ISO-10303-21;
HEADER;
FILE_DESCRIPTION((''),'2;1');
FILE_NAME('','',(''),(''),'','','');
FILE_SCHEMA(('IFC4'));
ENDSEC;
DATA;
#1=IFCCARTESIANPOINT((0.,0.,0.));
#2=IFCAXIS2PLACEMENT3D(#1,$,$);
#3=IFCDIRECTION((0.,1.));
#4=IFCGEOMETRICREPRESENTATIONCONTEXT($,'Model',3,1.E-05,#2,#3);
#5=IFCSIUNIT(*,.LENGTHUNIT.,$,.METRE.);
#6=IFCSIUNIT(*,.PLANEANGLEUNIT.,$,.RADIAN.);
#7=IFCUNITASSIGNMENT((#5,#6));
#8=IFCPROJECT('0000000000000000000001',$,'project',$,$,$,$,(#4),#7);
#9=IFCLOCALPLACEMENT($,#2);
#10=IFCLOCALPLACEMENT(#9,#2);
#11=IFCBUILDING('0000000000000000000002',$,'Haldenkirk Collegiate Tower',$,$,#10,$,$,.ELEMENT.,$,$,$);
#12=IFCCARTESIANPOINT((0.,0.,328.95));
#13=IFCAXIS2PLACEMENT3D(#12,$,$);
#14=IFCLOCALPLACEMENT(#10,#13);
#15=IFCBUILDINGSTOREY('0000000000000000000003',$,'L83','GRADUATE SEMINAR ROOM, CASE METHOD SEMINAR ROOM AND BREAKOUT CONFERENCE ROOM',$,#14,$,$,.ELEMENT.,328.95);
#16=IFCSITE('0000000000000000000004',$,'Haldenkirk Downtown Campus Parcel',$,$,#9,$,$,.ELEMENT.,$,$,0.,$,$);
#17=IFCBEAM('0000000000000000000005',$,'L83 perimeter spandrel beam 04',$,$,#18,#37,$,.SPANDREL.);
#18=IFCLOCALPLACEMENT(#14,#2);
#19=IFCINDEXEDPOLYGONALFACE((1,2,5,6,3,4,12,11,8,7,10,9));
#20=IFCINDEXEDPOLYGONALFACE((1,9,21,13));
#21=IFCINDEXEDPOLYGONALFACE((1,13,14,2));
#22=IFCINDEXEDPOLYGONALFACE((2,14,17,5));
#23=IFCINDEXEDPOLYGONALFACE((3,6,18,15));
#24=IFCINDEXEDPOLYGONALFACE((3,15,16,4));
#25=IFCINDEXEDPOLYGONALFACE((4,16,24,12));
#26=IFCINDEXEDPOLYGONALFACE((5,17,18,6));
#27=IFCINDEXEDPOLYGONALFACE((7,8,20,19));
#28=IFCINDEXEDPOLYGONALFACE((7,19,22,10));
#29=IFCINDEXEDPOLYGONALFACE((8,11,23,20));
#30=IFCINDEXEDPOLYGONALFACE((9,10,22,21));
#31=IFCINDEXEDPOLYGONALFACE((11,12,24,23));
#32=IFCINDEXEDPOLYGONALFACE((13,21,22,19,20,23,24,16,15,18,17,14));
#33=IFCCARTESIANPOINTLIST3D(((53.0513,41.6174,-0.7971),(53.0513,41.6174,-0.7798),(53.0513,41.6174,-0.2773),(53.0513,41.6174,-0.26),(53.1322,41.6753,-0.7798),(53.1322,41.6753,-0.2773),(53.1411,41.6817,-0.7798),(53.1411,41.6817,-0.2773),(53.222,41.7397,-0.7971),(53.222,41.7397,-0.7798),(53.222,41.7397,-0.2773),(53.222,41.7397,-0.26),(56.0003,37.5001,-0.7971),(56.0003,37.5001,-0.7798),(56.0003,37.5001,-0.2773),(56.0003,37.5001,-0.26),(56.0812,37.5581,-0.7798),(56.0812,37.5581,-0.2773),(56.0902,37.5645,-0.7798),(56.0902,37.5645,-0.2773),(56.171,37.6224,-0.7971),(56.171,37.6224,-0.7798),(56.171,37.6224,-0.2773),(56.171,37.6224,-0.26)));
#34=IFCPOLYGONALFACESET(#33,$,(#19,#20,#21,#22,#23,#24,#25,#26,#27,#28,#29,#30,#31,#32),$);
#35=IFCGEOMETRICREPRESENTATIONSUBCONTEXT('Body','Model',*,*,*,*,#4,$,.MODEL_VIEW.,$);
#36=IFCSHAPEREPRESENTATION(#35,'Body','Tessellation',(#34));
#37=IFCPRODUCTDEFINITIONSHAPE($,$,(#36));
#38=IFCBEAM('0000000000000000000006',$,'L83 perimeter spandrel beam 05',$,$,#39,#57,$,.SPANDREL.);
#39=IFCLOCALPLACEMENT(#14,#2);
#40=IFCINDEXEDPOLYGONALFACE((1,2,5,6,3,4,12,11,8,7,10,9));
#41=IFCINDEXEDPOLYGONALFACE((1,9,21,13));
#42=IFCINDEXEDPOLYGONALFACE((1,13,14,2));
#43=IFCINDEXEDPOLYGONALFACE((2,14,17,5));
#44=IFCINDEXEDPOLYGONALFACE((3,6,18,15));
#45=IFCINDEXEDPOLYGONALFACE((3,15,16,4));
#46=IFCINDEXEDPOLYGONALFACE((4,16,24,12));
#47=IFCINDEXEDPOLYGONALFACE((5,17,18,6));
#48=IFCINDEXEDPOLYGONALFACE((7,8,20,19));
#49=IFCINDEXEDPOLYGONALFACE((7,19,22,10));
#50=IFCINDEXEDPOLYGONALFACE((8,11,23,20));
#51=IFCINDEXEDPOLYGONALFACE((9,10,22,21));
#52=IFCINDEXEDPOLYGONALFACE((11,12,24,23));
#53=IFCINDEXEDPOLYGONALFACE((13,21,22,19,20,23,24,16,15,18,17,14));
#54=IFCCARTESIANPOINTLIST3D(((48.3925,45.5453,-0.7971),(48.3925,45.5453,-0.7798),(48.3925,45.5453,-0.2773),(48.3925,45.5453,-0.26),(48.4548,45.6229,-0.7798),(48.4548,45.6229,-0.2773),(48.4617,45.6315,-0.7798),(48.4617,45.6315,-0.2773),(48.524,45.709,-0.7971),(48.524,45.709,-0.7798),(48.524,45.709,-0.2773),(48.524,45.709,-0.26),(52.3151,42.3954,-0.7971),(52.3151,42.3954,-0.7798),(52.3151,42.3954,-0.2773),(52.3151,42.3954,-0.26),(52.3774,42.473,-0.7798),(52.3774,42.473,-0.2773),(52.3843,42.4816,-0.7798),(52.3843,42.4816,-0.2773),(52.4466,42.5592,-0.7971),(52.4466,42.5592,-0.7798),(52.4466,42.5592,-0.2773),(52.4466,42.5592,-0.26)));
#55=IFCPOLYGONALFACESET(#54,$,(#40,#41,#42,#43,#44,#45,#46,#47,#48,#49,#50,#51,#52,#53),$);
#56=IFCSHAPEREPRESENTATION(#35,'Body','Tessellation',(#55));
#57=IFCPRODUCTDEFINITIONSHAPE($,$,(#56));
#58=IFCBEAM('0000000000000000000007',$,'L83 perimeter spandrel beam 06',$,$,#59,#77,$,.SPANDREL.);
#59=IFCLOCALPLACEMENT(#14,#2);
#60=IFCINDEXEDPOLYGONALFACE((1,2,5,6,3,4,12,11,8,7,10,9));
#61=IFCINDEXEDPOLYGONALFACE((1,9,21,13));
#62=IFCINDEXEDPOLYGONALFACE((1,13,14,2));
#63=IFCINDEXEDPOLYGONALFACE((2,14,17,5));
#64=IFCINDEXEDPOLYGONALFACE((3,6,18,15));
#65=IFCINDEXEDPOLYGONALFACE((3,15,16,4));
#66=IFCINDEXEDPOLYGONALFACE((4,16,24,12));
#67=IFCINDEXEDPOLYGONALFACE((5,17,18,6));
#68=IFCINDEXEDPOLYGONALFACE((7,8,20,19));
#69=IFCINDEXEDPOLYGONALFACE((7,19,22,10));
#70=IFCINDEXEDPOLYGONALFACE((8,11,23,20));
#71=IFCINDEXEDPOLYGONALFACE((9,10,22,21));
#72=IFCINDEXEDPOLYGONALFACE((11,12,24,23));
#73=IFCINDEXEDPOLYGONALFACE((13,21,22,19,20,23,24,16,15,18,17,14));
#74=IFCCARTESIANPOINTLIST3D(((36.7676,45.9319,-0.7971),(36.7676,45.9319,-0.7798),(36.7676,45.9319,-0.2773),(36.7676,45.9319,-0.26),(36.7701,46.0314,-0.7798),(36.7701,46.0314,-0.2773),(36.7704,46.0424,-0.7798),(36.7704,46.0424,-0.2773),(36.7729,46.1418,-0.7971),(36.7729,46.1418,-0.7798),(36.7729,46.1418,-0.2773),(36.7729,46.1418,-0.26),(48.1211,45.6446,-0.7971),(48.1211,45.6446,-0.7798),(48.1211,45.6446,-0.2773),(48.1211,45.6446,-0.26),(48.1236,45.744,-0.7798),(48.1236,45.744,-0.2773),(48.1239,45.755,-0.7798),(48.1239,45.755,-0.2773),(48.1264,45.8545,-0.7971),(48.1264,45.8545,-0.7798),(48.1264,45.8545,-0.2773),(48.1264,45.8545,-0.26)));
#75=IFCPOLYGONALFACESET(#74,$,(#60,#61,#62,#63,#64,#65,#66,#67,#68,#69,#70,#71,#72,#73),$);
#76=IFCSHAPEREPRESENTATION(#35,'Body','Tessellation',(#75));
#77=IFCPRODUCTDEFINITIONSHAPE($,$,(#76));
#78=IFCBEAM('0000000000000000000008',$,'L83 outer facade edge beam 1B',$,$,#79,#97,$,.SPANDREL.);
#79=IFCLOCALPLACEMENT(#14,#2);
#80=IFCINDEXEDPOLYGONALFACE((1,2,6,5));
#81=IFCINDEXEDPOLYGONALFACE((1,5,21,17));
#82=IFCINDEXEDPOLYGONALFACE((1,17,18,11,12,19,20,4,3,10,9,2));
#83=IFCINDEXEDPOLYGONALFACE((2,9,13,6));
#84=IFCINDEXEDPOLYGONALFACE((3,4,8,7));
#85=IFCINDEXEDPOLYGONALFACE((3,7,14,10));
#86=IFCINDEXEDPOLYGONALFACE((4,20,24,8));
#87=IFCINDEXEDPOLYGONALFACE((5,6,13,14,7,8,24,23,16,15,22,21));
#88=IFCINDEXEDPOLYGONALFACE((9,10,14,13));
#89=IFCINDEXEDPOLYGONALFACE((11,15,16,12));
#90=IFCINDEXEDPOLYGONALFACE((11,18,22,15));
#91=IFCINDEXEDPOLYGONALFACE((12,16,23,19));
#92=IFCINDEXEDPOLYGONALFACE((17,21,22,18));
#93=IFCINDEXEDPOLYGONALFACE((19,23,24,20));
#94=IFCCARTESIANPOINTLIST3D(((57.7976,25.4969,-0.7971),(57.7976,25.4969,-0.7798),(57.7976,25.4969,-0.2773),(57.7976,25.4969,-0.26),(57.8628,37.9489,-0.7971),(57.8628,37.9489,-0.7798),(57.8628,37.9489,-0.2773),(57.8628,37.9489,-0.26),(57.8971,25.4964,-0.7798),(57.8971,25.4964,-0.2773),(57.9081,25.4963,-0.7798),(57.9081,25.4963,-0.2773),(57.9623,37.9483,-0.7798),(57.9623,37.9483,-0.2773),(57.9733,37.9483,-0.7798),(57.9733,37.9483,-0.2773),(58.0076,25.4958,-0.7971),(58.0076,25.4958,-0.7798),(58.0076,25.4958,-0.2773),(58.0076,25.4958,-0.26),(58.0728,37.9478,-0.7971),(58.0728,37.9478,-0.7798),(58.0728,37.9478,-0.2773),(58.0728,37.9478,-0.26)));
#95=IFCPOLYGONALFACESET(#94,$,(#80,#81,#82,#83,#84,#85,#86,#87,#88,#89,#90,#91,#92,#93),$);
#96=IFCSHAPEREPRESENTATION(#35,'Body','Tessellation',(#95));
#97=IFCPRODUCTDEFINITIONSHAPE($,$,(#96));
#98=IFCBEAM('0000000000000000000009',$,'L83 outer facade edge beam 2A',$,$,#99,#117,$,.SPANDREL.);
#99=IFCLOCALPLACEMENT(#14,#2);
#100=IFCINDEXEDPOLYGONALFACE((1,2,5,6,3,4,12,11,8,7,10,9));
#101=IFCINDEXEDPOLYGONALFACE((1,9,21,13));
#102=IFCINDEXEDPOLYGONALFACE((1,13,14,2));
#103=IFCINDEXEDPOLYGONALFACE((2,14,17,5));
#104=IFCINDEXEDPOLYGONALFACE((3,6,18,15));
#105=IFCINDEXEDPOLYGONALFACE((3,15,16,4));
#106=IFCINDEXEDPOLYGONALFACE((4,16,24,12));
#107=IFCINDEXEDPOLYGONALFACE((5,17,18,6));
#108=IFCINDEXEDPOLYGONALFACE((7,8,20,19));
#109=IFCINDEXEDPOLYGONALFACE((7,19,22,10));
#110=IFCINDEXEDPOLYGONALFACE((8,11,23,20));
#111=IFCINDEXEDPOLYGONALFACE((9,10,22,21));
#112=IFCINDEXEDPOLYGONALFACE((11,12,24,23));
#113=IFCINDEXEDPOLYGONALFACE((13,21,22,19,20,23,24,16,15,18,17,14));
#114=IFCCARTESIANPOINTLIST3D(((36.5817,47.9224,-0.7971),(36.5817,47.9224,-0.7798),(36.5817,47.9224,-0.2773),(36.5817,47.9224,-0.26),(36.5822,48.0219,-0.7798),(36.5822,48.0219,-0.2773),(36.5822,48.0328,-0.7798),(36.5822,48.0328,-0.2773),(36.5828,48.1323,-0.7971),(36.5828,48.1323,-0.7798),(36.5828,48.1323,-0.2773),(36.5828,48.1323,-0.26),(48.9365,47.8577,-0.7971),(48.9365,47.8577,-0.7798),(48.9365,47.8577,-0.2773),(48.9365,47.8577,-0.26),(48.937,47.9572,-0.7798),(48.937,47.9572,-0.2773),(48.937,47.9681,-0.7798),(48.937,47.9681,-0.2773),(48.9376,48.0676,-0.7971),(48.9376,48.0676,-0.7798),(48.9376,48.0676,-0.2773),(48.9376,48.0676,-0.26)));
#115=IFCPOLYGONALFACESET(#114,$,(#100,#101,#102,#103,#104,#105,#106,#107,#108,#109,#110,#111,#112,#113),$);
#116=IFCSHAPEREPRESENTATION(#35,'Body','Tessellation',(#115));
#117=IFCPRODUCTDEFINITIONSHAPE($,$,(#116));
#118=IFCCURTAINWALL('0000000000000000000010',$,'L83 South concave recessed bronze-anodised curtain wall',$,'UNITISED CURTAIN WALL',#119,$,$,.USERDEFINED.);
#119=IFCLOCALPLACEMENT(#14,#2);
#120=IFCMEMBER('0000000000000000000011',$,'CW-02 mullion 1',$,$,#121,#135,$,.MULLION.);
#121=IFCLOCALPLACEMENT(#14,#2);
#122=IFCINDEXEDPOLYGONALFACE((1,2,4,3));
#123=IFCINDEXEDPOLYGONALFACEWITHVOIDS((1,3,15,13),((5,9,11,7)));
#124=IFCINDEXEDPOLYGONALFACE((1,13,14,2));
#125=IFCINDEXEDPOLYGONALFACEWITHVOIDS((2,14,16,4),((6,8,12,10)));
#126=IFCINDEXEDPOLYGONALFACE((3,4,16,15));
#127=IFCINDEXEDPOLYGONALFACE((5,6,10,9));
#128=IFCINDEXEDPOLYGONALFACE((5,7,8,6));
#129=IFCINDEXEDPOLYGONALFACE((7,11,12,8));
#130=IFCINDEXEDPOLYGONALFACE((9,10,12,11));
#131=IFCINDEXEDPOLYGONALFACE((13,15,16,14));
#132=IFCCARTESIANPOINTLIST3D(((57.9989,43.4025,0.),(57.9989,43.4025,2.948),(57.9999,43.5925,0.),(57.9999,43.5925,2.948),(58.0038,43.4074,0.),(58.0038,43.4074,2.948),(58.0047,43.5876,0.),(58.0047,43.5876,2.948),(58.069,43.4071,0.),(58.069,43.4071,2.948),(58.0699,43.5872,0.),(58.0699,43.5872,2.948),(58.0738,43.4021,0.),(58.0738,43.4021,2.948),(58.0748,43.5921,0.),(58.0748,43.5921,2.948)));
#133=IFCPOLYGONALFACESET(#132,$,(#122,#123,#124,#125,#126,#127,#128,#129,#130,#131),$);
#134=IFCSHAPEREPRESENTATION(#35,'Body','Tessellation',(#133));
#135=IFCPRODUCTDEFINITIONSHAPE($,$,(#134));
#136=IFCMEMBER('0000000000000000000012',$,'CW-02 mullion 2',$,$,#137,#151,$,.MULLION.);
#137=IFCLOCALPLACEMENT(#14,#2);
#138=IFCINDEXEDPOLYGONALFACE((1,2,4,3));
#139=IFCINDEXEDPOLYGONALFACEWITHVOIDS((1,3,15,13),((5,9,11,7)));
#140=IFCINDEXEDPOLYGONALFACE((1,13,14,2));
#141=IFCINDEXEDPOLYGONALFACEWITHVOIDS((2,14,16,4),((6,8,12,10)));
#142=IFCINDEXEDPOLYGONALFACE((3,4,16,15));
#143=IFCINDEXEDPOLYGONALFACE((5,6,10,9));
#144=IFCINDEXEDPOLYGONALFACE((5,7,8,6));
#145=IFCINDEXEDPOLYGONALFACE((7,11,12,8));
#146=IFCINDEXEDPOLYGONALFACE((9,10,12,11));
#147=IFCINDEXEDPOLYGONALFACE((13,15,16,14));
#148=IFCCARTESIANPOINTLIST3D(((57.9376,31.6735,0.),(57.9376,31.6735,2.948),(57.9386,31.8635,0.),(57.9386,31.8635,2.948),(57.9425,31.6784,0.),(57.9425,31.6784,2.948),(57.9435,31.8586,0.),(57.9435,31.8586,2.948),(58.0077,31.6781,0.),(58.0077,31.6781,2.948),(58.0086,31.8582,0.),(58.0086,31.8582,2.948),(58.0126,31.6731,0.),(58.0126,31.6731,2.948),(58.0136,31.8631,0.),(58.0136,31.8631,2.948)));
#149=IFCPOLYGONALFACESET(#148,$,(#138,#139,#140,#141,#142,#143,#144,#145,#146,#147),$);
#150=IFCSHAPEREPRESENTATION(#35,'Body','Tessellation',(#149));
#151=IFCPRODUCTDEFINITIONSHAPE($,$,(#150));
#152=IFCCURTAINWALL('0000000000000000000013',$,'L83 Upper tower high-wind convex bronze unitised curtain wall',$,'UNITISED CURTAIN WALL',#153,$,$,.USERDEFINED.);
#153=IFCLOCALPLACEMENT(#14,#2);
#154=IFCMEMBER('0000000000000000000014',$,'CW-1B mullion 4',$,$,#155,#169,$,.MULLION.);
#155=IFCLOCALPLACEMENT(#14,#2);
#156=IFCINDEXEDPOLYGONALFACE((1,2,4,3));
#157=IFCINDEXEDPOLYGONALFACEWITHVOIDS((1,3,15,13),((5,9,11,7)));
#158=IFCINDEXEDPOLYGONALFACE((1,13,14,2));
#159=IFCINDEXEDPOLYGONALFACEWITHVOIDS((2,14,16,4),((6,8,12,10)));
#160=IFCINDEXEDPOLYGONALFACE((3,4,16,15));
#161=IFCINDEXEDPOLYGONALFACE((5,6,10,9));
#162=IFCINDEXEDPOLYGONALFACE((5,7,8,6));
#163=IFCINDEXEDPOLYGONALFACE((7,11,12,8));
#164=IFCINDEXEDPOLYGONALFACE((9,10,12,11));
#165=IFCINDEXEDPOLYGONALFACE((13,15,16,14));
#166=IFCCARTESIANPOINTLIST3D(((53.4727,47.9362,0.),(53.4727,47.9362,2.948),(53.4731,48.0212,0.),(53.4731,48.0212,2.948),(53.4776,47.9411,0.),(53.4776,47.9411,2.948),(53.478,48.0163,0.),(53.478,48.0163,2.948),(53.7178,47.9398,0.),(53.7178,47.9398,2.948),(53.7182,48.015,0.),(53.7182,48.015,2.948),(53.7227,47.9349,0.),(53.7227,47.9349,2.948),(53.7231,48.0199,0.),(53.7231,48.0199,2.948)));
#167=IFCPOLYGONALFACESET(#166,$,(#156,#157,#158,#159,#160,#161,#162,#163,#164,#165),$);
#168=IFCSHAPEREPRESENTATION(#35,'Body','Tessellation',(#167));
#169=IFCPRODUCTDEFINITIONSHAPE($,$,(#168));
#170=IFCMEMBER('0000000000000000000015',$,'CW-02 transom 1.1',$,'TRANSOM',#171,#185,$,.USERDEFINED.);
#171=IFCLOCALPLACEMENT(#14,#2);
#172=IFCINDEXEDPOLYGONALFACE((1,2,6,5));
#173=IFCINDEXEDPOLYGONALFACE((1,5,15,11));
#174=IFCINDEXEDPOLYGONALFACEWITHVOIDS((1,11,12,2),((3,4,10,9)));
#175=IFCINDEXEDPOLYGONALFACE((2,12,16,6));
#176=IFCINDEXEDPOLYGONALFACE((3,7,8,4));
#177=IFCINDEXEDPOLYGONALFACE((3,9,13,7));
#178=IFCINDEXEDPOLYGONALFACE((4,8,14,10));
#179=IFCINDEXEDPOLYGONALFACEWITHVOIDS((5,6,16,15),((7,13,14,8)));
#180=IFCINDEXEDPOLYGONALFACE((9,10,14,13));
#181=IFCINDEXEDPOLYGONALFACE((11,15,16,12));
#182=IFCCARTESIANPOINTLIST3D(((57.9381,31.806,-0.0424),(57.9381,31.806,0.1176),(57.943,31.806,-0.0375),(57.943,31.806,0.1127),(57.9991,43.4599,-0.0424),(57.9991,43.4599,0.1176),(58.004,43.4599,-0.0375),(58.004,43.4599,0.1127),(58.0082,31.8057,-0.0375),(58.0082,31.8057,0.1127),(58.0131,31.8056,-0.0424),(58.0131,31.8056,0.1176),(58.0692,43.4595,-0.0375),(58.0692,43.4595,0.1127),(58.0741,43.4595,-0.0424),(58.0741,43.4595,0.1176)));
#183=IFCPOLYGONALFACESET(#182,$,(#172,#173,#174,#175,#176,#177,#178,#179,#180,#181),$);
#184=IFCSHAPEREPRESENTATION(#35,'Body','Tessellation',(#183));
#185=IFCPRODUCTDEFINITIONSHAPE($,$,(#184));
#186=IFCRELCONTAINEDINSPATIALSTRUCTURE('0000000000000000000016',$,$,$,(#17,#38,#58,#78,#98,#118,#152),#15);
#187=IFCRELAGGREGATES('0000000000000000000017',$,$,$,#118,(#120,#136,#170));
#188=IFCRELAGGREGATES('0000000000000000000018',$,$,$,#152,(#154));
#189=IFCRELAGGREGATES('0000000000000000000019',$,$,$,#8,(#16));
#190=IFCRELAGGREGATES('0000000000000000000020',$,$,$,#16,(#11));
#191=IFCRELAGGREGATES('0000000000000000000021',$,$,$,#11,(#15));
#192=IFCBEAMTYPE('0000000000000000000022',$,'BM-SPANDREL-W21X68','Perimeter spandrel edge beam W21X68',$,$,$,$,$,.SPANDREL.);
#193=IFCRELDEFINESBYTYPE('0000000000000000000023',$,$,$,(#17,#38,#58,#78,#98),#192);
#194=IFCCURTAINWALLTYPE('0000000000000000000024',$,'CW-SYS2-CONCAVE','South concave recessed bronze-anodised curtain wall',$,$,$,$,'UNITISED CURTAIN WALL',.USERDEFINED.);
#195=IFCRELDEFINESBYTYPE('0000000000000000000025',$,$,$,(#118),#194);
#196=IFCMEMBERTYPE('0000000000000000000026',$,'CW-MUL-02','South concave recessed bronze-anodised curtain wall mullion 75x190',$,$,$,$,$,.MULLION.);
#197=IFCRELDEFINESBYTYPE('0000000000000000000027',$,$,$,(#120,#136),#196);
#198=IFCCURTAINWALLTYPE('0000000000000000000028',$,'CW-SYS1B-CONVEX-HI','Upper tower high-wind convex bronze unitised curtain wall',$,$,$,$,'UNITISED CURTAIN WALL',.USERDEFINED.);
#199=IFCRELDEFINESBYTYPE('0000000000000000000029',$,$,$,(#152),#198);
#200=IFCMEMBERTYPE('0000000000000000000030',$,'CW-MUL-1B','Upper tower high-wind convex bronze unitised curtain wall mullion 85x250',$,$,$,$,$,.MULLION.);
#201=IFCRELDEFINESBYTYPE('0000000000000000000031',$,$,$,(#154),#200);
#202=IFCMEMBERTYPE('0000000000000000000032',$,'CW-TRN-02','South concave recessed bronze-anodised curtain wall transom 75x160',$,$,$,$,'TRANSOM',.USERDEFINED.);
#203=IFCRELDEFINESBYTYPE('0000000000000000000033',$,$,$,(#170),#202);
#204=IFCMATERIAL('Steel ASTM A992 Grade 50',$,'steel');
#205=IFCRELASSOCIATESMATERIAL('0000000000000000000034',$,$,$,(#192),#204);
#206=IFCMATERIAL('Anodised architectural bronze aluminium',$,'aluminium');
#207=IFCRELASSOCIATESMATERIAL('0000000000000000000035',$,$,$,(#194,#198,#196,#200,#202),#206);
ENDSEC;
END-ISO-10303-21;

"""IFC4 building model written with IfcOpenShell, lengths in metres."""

from ifc_helpers import new_model, si_unit, direction, frame, origin, origin_2d, place, context, subcontext, project, spatial, hollow_rectangle, i_section, extrude, material, material_profile, profile_set, type_object, element, aggregate, save


model = new_model("IFC4")

# Units and contexts
model_context = context("Model", 3, precision=1e-05, world=origin(), true_north=direction((0.0, 1.0)))
body_context = subcontext(model_context, "Body", "Model", "MODEL_VIEW")
ifc_project = project(units=[si_unit("LENGTHUNIT", "METRE"), si_unit("PLANEANGLEUNIT", "RADIAN")], contexts=[model_context])

# Site, building, storey
site_placement = place(None, origin())
site = spatial("IfcSite", under=ifc_project, at=site_placement, Name="Haldenkirk Downtown Campus Parcel", CompositionType="ELEMENT", RefElevation=0.0)
building_placement = place(site_placement, origin())
building = spatial("IfcBuilding", under=site, at=building_placement, Name="Haldenkirk Collegiate Tower", CompositionType="ELEMENT")
storey_placement = place(building_placement, frame((0.0, 0.0, 328.95)))
storey = spatial("IfcBuildingStorey", under=building, at=storey_placement, Name="L83", Description="GRADUATE SEMINAR ROOM, CASE METHOD SEMINAR ROOM AND BREAKOUT CONFERENCE ROOM", CompositionType="ELEMENT", Elevation=328.95)

# Beams
ifc_material_1 = material(Name="Steel ASTM A992 Grade 50", Category="steel")
ifc_material_profile_1 = material_profile(ifc_material_1, i_section(OverallWidth=0.21, OverallDepth=0.5371, WebThickness=0.011, FlangeThickness=0.0173, at=origin_2d()), Name="W21X68")
ifc_profile_set_1 = profile_set([ifc_material_profile_1], Name="Steel ASTM A992 Grade 50")
beam_type_1 = type_object("IfcBeamType", Name="BM-SPANDREL-W21X68", Description="Perimeter spandrel edge beam W21X68", PredefinedType="SPANDREL", material=ifc_profile_set_1)
beam_1_placement = place(storey_placement, frame((56.0857, 37.5613, -0.5286), z_axis=(-0.5823, 0.812974, 0.0), x_axis=(-0.812974, -0.5823, 0.0)))
element("IfcBeam", 1, at=beam_1_placement, inside=storey, type_object=beam_type_1, Name="L83 perimeter spandrel beam 04", PredefinedType="SPANDREL", context=body_context, shape_type="SweptSolid", body=[
    extrude(i_section(OverallWidth=0.21, OverallDepth=0.5371, WebThickness=0.011, FlangeThickness=0.0173, at=origin_2d()), origin(), (0.0, 0.0, 1.0), 5.0645),
])
beam_2_placement = place(storey_placement, frame((52.3809, 42.4773, -0.5286), z_axis=(-0.779722, 0.626126, 0.0), x_axis=(-0.626126, -0.779722, 0.0)))
element("IfcBeam", 2, at=beam_2_placement, inside=storey, type_object=beam_type_1, Name="L83 perimeter spandrel beam 05", PredefinedType="SPANDREL", context=body_context, shape_type="SweptSolid", body=[
    extrude(i_section(OverallWidth=0.21, OverallDepth=0.5371, WebThickness=0.011, FlangeThickness=0.0173, at=origin_2d()), origin(), (0.0, 0.0, 1.0), 5.0308),
])
beam_3_placement = place(storey_placement, frame((48.1238, 45.7495, -0.5286), z_axis=(-0.99968, 0.025302, 0.0), x_axis=(-0.025302, -0.99968, 0.0)))
element("IfcBeam", 3, at=beam_3_placement, inside=storey, type_object=beam_type_1, Name="L83 perimeter spandrel beam 06", PredefinedType="SPANDREL", context=body_context, shape_type="SweptSolid", body=[
    extrude(i_section(OverallWidth=0.21, OverallDepth=0.5371, WebThickness=0.011, FlangeThickness=0.0173, at=origin_2d()), origin(), (0.0, 0.0, 1.0), 11.3572),
])
beam_4_placement = place(storey_placement, frame((57.9026, 25.4963, -0.5286), z_axis=(0.005235, 0.999986, 0.0), x_axis=(-0.999986, 0.005235, 0.0)))
element("IfcBeam", 4, at=beam_4_placement, inside=storey, type_object=beam_type_1, Name="L83 outer facade edge beam 1B", PredefinedType="SPANDREL", context=body_context, shape_type="SweptSolid", body=[
    extrude(i_section(OverallWidth=0.21, OverallDepth=0.5371, WebThickness=0.011, FlangeThickness=0.0173, at=origin_2d()), origin(), (0.0, 0.0, 1.0), 12.4521),
])
beam_5_placement = place(storey_placement, frame((48.937, 47.9626, -0.5286), z_axis=(-0.999986, 0.005237, 0.0), x_axis=(-0.005237, -0.999986, 0.0)))
element("IfcBeam", 5, at=beam_5_placement, inside=storey, type_object=beam_type_1, Name="L83 outer facade edge beam 2A", PredefinedType="SPANDREL", context=body_context, shape_type="SweptSolid", body=[
    extrude(i_section(OverallWidth=0.21, OverallDepth=0.5371, WebThickness=0.011, FlangeThickness=0.0173, at=origin_2d()), origin(), (0.0, 0.0, 1.0), 12.355),
])

# Curtain wall, members
ifc_material_2 = material(Name="Anodised architectural bronze aluminium", Category="aluminium")
curtain_wall_type_1 = type_object("IfcCurtainWallType", Name="CW-SYS2-CONCAVE", Description="South concave recessed bronze-anodised curtain wall", ElementType="UNITISED CURTAIN WALL", PredefinedType="USERDEFINED", material=ifc_material_2)
curtain_wall_1_placement = place(storey_placement, origin())
curtain_wall_1 = element("IfcCurtainWall", 6, at=curtain_wall_1_placement, inside=storey, type_object=curtain_wall_type_1, Name="L83 South concave recessed bronze-anodised curtain wall", ObjectType="UNITISED CURTAIN WALL", PredefinedType="USERDEFINED")
ifc_material_profile_2 = material_profile(ifc_material_2, hollow_rectangle(XDim=0.075, YDim=0.1899, WallThickness=0.0049, at=origin_2d()), Name="CW-MUL-02")
ifc_profile_set_2 = profile_set([ifc_material_profile_2], Name="Anodised architectural bronze aluminium")
member_type_1 = type_object("IfcMemberType", Name="CW-MUL-02", Description="South concave recessed bronze-anodised curtain wall mullion 75x190", PredefinedType="MULLION", material=ifc_profile_set_2)
member_1_placement = place(storey_placement, frame((58.0369, 43.4973, 0.0), z_axis=(0.0, 0.0, 1.0), x_axis=(0.999986, -0.005235, 0.0)))
member_1 = element("IfcMember", 7, at=member_1_placement, type_object=member_type_1, Name="CW-02 mullion 1", PredefinedType="MULLION", context=body_context, shape_type="SweptSolid", body=[
    extrude(hollow_rectangle(XDim=0.075, YDim=0.1899, WallThickness=0.0049, at=origin_2d()), origin(), (0.0, 0.0, 1.0), 2.948),
])
member_2_placement = place(storey_placement, frame((57.9756, 31.7683, 0.0), z_axis=(0.0, 0.0, 1.0), x_axis=(0.999986, -0.005235, 0.0)))
member_2 = element("IfcMember", 8, at=member_2_placement, type_object=member_type_1, Name="CW-02 mullion 2", PredefinedType="MULLION", context=body_context, shape_type="SweptSolid", body=[
    extrude(hollow_rectangle(XDim=0.075, YDim=0.1899, WallThickness=0.0049, at=origin_2d()), origin(), (0.0, 0.0, 1.0), 2.948),
])

# Curtain wall, member
curtain_wall_type_2 = type_object("IfcCurtainWallType", Name="CW-SYS1B-CONVEX-HI", Description="Upper tower high-wind convex bronze unitised curtain wall", ElementType="UNITISED CURTAIN WALL", PredefinedType="USERDEFINED", material=ifc_material_2)
curtain_wall_2_placement = place(storey_placement, origin())
curtain_wall_2 = element("IfcCurtainWall", 9, at=curtain_wall_2_placement, inside=storey, type_object=curtain_wall_type_2, Name="L83 Upper tower high-wind convex bronze unitised curtain wall", ObjectType="UNITISED CURTAIN WALL", PredefinedType="USERDEFINED")
ifc_material_profile_3 = material_profile(ifc_material_2, hollow_rectangle(XDim=0.085, YDim=0.25, WallThickness=0.0049, at=origin_2d()), Name="CW-MUL-1B")
ifc_profile_set_3 = profile_set([ifc_material_profile_3], Name="Anodised architectural bronze aluminium")
member_type_2 = type_object("IfcMemberType", Name="CW-MUL-1B", Description="Upper tower high-wind convex bronze unitised curtain wall mullion 85x250", PredefinedType="MULLION", material=ifc_profile_set_3)
member_3_placement = place(storey_placement, frame((53.5979, 47.978, 0.0), z_axis=(0.0, 0.0, 1.0), x_axis=(0.005239, 0.999986, 0.0)))
member_3 = element("IfcMember", 10, at=member_3_placement, type_object=member_type_2, Name="CW-1B mullion 4", PredefinedType="MULLION", context=body_context, shape_type="SweptSolid", body=[
    extrude(hollow_rectangle(XDim=0.085, YDim=0.25, WallThickness=0.0049, at=origin_2d()), origin(), (0.0, 0.0, 1.0), 2.948),
])

# Member
ifc_material_profile_4 = material_profile(ifc_material_2, hollow_rectangle(XDim=0.075, YDim=0.1599, WallThickness=0.0049, at=origin_2d()), Name="CW-TRN-02")
ifc_profile_set_4 = profile_set([ifc_material_profile_4], Name="Anodised architectural bronze aluminium")
member_type_3 = type_object("IfcMemberType", Name="CW-TRN-02", Description="South concave recessed bronze-anodised curtain wall transom 75x160", ElementType="TRANSOM", PredefinedType="USERDEFINED", material=ifc_profile_set_4)
member_4_placement = place(storey_placement, frame((58.0366, 43.4597, 0.0376), z_axis=(-0.005237, -0.999986, 0.0), x_axis=(0.999986, -0.005237, 0.0)))
member_4 = element("IfcMember", 11, at=member_4_placement, type_object=member_type_3, Name="CW-02 transom 1.1", ObjectType="TRANSOM", PredefinedType="USERDEFINED", context=body_context, shape_type="SweptSolid", body=[
    extrude(hollow_rectangle(XDim=0.075, YDim=0.1599, WallThickness=0.0049, at=origin_2d()), origin(), (0.0, 0.0, 1.0), 11.6541),
])

aggregate(curtain_wall_1, [member_1, member_2, member_4])
aggregate(curtain_wall_2, [member_3])

save(model, "model.ifc")
